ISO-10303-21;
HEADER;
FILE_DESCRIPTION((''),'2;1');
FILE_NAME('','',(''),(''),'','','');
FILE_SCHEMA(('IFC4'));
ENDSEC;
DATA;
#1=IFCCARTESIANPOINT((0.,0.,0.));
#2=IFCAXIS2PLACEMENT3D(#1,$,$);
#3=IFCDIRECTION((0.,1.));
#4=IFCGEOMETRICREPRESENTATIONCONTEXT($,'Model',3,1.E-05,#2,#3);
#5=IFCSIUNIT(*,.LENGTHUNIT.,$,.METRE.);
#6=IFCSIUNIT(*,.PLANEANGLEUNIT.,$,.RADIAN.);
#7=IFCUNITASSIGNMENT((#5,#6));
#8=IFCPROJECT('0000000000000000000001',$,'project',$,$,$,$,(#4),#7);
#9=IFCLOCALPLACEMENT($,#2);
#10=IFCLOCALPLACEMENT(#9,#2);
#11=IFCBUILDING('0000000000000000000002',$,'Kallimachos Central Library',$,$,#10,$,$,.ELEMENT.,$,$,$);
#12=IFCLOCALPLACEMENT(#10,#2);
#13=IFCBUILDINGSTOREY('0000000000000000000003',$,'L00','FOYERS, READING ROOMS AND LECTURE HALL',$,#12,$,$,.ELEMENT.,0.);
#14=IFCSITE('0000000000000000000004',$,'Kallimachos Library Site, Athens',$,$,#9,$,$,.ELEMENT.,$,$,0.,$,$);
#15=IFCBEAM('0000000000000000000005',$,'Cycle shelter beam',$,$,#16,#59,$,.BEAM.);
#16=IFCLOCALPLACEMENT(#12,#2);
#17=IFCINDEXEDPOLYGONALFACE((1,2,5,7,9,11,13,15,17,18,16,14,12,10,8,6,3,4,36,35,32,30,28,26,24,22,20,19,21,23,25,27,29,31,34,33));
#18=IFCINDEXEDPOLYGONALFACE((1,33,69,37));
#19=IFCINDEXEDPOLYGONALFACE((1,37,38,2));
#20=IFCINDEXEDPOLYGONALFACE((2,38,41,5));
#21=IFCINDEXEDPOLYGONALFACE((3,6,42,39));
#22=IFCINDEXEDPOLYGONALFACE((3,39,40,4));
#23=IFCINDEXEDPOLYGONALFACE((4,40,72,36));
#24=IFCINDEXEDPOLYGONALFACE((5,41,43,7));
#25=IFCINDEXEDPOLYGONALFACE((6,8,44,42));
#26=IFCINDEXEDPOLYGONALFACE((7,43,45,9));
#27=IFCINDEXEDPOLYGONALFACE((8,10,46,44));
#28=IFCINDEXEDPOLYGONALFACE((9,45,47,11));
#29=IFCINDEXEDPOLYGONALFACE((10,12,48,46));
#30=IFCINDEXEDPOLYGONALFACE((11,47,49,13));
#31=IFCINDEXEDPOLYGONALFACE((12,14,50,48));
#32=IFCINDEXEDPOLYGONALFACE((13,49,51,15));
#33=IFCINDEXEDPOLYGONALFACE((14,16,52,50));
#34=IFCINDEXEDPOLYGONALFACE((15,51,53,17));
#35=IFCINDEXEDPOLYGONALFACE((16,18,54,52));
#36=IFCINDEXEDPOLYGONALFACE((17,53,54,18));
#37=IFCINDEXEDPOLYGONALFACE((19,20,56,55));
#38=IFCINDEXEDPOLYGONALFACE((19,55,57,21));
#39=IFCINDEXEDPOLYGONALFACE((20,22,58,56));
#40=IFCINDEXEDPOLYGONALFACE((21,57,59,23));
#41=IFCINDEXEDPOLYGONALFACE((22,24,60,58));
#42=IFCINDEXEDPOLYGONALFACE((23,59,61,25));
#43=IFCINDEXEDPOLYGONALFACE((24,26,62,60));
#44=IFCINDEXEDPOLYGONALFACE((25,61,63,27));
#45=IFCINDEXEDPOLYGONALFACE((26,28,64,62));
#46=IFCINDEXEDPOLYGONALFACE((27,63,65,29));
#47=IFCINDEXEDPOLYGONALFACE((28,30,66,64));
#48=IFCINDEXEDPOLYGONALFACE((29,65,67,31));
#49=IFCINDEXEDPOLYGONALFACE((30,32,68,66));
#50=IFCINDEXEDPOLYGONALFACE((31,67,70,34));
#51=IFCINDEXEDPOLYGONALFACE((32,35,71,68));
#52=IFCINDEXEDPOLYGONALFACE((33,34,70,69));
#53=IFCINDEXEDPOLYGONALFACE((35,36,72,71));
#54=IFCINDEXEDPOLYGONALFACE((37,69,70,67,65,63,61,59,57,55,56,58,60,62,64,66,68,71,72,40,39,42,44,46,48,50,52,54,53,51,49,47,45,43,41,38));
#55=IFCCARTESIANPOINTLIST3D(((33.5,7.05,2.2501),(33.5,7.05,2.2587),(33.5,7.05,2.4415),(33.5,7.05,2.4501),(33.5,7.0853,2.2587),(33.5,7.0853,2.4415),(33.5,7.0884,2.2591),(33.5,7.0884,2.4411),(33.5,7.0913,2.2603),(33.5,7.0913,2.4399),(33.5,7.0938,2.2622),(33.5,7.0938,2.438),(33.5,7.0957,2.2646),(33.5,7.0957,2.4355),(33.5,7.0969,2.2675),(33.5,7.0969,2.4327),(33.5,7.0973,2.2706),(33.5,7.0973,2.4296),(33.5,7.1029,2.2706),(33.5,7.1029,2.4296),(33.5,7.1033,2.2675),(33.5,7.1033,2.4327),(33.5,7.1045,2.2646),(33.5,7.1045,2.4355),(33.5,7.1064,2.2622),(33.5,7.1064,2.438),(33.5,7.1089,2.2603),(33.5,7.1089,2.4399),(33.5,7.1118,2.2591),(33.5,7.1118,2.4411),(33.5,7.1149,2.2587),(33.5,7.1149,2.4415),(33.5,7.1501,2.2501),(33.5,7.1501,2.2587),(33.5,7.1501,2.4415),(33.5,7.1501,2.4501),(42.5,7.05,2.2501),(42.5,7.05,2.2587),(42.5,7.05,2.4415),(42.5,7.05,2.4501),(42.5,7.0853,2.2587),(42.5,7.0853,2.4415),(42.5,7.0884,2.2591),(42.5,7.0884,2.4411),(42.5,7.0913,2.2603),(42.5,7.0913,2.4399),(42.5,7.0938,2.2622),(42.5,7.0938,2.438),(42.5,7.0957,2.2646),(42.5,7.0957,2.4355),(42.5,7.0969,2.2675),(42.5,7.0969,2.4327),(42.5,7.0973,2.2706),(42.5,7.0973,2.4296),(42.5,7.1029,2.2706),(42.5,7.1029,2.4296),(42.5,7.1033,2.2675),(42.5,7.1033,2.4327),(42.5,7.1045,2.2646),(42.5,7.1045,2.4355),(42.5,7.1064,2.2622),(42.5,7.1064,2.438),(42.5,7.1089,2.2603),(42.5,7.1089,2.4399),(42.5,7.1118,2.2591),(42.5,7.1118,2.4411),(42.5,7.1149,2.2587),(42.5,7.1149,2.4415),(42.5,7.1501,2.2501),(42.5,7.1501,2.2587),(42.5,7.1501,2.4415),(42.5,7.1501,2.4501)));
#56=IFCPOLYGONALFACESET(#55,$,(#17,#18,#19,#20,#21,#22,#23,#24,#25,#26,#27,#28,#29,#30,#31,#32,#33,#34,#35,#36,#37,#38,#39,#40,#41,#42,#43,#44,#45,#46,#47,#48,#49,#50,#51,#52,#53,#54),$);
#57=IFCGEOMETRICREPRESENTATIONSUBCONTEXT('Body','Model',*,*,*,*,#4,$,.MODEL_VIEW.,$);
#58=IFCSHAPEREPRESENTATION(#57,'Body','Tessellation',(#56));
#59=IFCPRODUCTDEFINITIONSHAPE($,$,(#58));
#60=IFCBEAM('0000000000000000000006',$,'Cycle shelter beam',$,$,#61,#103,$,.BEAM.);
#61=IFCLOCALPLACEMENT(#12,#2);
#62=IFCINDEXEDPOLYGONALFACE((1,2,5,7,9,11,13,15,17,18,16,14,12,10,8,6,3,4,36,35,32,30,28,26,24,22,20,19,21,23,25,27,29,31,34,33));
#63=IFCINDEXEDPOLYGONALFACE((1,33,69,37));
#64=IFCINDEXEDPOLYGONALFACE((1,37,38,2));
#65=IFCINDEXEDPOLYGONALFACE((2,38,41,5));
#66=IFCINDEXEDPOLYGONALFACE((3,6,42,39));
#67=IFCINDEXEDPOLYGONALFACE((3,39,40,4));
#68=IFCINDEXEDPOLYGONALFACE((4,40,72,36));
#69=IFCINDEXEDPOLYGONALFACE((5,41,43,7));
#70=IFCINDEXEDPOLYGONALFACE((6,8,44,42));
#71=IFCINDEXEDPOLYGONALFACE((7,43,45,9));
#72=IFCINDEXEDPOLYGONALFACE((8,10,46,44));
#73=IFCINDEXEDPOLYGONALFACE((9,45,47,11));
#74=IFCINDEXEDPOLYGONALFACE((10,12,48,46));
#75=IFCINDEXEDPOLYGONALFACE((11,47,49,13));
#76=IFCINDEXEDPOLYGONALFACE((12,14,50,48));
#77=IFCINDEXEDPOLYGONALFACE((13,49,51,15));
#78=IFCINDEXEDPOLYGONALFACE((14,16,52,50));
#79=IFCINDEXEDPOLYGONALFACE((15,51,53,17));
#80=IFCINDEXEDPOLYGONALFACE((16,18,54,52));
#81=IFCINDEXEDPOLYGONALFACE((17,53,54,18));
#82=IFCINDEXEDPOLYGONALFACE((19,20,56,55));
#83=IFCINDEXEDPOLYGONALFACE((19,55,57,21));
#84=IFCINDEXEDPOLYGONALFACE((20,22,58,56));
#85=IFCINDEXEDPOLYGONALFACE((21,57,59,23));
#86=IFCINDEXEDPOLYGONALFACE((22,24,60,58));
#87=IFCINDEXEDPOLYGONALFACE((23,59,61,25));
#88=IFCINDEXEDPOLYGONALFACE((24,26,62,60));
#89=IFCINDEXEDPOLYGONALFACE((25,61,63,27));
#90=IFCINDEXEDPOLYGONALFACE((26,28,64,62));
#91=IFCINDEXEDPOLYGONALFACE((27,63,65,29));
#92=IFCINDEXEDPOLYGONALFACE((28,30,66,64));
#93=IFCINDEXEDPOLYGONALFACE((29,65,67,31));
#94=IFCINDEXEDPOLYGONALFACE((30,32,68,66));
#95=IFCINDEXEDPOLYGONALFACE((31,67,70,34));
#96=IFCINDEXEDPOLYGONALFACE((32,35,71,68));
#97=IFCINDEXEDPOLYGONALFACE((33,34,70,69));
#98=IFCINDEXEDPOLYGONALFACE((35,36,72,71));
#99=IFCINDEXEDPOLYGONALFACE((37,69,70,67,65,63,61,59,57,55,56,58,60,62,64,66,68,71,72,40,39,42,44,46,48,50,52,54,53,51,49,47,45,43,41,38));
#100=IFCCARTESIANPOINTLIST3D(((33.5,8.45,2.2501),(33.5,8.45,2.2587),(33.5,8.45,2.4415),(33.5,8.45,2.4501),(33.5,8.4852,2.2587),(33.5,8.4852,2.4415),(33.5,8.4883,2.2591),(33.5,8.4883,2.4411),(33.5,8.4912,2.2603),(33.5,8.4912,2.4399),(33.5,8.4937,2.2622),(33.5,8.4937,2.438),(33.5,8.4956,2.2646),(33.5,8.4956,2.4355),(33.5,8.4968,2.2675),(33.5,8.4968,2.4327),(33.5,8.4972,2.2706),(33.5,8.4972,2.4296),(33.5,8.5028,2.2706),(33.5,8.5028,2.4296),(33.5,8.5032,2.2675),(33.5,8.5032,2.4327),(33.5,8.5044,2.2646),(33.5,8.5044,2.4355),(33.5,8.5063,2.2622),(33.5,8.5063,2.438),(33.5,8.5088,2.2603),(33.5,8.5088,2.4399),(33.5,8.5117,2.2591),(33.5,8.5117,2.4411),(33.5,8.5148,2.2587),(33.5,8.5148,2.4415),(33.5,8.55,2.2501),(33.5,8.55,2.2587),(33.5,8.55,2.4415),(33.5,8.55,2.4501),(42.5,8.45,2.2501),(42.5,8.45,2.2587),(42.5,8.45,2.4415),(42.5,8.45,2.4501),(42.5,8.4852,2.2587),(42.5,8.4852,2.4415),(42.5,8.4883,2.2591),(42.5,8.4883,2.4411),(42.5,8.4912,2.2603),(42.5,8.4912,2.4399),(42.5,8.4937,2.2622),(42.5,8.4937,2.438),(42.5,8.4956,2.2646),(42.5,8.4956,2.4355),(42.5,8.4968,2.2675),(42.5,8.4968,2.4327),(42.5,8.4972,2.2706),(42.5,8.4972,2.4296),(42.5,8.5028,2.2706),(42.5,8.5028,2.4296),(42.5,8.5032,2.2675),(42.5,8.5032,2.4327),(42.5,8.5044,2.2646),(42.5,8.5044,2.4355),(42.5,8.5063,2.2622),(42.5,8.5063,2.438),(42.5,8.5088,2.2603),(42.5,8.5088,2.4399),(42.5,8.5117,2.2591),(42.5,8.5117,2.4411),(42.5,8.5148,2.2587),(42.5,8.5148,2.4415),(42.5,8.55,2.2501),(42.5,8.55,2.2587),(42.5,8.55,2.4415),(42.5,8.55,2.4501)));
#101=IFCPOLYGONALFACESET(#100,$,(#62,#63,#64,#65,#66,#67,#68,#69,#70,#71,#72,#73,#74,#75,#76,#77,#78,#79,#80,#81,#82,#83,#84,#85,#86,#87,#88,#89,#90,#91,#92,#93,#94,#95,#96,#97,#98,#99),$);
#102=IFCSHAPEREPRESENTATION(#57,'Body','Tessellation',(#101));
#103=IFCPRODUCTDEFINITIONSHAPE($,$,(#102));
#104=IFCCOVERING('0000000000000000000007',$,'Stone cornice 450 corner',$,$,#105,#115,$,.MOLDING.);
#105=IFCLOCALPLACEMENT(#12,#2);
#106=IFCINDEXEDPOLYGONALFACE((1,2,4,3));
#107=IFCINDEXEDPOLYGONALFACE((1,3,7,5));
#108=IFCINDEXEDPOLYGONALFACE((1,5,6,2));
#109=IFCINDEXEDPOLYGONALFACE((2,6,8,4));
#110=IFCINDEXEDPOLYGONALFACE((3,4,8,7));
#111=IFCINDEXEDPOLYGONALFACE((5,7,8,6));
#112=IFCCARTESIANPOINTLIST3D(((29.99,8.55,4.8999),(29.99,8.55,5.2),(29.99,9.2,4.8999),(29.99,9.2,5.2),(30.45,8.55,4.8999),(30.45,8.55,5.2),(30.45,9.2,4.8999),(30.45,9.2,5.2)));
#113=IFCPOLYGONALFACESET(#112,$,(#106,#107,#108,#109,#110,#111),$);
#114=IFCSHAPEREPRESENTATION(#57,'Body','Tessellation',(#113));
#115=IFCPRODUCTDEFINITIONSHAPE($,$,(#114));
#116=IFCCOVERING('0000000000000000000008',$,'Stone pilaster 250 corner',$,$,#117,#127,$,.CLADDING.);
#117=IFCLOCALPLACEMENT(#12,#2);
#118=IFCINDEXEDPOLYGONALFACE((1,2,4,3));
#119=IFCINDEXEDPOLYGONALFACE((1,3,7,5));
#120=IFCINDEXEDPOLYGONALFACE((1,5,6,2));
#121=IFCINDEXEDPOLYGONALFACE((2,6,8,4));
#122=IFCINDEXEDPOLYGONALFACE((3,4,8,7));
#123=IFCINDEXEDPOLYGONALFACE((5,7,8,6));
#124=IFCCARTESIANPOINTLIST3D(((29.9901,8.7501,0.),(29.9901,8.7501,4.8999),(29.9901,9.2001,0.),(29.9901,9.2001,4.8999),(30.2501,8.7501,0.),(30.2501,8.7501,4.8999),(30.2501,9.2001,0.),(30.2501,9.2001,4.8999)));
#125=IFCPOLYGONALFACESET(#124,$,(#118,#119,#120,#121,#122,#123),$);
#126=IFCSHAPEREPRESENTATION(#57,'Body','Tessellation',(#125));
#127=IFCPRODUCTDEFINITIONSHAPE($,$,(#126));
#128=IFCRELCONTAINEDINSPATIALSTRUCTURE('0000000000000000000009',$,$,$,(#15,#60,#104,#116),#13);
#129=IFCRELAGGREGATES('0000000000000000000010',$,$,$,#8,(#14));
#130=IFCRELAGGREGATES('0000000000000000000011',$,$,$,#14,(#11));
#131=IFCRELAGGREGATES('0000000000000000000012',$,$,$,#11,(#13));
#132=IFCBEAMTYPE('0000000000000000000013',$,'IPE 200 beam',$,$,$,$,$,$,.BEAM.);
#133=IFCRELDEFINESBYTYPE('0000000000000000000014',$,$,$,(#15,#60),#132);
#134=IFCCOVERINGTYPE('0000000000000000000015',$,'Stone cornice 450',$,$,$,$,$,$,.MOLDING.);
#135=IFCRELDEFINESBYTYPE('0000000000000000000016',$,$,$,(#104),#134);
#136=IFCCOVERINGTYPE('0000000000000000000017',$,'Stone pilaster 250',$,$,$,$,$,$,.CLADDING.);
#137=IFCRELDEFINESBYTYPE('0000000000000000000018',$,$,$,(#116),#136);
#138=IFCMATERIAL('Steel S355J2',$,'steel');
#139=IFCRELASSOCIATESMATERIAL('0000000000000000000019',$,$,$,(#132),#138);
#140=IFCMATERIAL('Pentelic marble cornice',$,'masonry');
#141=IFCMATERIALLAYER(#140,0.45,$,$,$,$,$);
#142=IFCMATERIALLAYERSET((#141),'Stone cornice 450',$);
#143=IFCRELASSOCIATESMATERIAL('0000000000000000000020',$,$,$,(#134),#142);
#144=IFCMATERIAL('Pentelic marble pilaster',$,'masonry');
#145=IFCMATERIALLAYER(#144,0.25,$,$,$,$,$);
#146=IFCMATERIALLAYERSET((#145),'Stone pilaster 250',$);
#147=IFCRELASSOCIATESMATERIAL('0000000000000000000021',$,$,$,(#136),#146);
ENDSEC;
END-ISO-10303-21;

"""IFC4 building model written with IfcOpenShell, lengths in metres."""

from ifc_helpers import new_model, si_unit, direction, frame, origin, origin_2d, place, context, subcontext, project, spatial, rectangle, i_section, extrude, material, layer, layer_set, material_profile, profile_set, type_object, element, save


model = new_model("IFC4")

# Units and contexts
model_context = context("Model", 3, precision=1e-05, world=origin(), true_north=direction((0.0, 1.0)))
body_context = subcontext(model_context, "Body", "Model", "MODEL_VIEW")
ifc_project = project(units=[si_unit("LENGTHUNIT", "METRE"), si_unit("PLANEANGLEUNIT", "RADIAN")], contexts=[model_context])

# Site, building, storey
site_placement = place(None, origin())
site = spatial("IfcSite", under=ifc_project, at=site_placement, Name="Kallimachos Library Site, Athens", CompositionType="ELEMENT", RefElevation=0.0)
building_placement = place(site_placement, origin())
building = spatial("IfcBuilding", under=site, at=building_placement, Name="Kallimachos Central Library", CompositionType="ELEMENT")
storey_placement = place(building_placement, origin())
storey = spatial("IfcBuildingStorey", under=building, at=storey_placement, Name="L00", Description="FOYERS, READING ROOMS AND LECTURE HALL", CompositionType="ELEMENT", Elevation=0.0)

# Beams
ifc_material_1 = material(Name="Steel S355J2", Category="steel")
ifc_material_profile_1 = material_profile(ifc_material_1, i_section(OverallWidth=0.1001, OverallDepth=0.2, WebThickness=0.0056, FlangeThickness=0.0085, FilletRadius=0.012, at=origin_2d()), Name="IPE 200")
ifc_profile_set_1 = profile_set([ifc_material_profile_1], Name="Steel S355J2")
beam_type_1 = type_object("IfcBeamType", Name="IPE 200 beam", PredefinedType="BEAM", material=ifc_profile_set_1)
for number, where, z_axis, x_axis, name in (
    (1, (33.5, 7.1001, 2.3501), (1.0, 0.0, 0.0), (0.0, 1.0, 0.0), "Cycle shelter beam"),
    (2, (33.5, 8.5, 2.3501), (1.0, 0.0, 0.0), (0.0, 1.0, 0.0), "Cycle shelter beam"),
):
    element("IfcBeam", number, at=place(storey_placement, frame(where, z_axis=z_axis, x_axis=x_axis)), inside=storey, type_object=beam_type_1, Name=name, PredefinedType="BEAM", context=body_context, shape_type="SweptSolid", body=[
        extrude(i_section(OverallWidth=0.1001, OverallDepth=0.2, WebThickness=0.0056, FlangeThickness=0.0085, FilletRadius=0.012, at=origin_2d()), origin(), (0.0, 0.0, 1.0), 9.0),
    ])

# Coverings
ifc_material_2 = material(Name="Pentelic marble cornice", Category="masonry")
ifc_layer_1 = layer(ifc_material_2, 0.45)
ifc_layer_set_1 = layer_set([ifc_layer_1], Name="Stone cornice 450")
covering_type_1 = type_object("IfcCoveringType", Name="Stone cornice 450", PredefinedType="MOLDING", material=ifc_layer_set_1)
covering_1_placement = place(storey_placement, frame((30.22, 8.875, 4.8999), z_axis=(0.0, 0.0, 1.0), x_axis=(1.0, 0.0, 0.0)))
element("IfcCovering", 3, at=covering_1_placement, inside=storey, type_object=covering_type_1, Name="Stone cornice 450 corner", PredefinedType="MOLDING", context=body_context, shape_type="SweptSolid", body=[
    extrude(rectangle(XDim=0.46, YDim=0.6499, at=origin_2d()), origin(), (0.0, 0.0, 1.0), 0.3),
])
ifc_material_3 = material(Name="Pentelic marble pilaster", Category="masonry")
ifc_layer_2 = layer(ifc_material_3, 0.25)
ifc_layer_set_2 = layer_set([ifc_layer_2], Name="Stone pilaster 250")
covering_type_2 = type_object("IfcCoveringType", Name="Stone pilaster 250", PredefinedType="CLADDING", material=ifc_layer_set_2)
covering_2_placement = place(storey_placement, frame((30.1201, 8.9751, 0.0), z_axis=(0.0, 0.0, 1.0), x_axis=(1.0, 0.0, 0.0)))
element("IfcCovering", 4, at=covering_2_placement, inside=storey, type_object=covering_type_2, Name="Stone pilaster 250 corner", PredefinedType="CLADDING", context=body_context, shape_type="SweptSolid", body=[
    extrude(rectangle(XDim=0.26, YDim=0.45, at=origin_2d()), origin(), (0.0, 0.0, 1.0), 4.8999),
])

save(model, "model.ifc")
